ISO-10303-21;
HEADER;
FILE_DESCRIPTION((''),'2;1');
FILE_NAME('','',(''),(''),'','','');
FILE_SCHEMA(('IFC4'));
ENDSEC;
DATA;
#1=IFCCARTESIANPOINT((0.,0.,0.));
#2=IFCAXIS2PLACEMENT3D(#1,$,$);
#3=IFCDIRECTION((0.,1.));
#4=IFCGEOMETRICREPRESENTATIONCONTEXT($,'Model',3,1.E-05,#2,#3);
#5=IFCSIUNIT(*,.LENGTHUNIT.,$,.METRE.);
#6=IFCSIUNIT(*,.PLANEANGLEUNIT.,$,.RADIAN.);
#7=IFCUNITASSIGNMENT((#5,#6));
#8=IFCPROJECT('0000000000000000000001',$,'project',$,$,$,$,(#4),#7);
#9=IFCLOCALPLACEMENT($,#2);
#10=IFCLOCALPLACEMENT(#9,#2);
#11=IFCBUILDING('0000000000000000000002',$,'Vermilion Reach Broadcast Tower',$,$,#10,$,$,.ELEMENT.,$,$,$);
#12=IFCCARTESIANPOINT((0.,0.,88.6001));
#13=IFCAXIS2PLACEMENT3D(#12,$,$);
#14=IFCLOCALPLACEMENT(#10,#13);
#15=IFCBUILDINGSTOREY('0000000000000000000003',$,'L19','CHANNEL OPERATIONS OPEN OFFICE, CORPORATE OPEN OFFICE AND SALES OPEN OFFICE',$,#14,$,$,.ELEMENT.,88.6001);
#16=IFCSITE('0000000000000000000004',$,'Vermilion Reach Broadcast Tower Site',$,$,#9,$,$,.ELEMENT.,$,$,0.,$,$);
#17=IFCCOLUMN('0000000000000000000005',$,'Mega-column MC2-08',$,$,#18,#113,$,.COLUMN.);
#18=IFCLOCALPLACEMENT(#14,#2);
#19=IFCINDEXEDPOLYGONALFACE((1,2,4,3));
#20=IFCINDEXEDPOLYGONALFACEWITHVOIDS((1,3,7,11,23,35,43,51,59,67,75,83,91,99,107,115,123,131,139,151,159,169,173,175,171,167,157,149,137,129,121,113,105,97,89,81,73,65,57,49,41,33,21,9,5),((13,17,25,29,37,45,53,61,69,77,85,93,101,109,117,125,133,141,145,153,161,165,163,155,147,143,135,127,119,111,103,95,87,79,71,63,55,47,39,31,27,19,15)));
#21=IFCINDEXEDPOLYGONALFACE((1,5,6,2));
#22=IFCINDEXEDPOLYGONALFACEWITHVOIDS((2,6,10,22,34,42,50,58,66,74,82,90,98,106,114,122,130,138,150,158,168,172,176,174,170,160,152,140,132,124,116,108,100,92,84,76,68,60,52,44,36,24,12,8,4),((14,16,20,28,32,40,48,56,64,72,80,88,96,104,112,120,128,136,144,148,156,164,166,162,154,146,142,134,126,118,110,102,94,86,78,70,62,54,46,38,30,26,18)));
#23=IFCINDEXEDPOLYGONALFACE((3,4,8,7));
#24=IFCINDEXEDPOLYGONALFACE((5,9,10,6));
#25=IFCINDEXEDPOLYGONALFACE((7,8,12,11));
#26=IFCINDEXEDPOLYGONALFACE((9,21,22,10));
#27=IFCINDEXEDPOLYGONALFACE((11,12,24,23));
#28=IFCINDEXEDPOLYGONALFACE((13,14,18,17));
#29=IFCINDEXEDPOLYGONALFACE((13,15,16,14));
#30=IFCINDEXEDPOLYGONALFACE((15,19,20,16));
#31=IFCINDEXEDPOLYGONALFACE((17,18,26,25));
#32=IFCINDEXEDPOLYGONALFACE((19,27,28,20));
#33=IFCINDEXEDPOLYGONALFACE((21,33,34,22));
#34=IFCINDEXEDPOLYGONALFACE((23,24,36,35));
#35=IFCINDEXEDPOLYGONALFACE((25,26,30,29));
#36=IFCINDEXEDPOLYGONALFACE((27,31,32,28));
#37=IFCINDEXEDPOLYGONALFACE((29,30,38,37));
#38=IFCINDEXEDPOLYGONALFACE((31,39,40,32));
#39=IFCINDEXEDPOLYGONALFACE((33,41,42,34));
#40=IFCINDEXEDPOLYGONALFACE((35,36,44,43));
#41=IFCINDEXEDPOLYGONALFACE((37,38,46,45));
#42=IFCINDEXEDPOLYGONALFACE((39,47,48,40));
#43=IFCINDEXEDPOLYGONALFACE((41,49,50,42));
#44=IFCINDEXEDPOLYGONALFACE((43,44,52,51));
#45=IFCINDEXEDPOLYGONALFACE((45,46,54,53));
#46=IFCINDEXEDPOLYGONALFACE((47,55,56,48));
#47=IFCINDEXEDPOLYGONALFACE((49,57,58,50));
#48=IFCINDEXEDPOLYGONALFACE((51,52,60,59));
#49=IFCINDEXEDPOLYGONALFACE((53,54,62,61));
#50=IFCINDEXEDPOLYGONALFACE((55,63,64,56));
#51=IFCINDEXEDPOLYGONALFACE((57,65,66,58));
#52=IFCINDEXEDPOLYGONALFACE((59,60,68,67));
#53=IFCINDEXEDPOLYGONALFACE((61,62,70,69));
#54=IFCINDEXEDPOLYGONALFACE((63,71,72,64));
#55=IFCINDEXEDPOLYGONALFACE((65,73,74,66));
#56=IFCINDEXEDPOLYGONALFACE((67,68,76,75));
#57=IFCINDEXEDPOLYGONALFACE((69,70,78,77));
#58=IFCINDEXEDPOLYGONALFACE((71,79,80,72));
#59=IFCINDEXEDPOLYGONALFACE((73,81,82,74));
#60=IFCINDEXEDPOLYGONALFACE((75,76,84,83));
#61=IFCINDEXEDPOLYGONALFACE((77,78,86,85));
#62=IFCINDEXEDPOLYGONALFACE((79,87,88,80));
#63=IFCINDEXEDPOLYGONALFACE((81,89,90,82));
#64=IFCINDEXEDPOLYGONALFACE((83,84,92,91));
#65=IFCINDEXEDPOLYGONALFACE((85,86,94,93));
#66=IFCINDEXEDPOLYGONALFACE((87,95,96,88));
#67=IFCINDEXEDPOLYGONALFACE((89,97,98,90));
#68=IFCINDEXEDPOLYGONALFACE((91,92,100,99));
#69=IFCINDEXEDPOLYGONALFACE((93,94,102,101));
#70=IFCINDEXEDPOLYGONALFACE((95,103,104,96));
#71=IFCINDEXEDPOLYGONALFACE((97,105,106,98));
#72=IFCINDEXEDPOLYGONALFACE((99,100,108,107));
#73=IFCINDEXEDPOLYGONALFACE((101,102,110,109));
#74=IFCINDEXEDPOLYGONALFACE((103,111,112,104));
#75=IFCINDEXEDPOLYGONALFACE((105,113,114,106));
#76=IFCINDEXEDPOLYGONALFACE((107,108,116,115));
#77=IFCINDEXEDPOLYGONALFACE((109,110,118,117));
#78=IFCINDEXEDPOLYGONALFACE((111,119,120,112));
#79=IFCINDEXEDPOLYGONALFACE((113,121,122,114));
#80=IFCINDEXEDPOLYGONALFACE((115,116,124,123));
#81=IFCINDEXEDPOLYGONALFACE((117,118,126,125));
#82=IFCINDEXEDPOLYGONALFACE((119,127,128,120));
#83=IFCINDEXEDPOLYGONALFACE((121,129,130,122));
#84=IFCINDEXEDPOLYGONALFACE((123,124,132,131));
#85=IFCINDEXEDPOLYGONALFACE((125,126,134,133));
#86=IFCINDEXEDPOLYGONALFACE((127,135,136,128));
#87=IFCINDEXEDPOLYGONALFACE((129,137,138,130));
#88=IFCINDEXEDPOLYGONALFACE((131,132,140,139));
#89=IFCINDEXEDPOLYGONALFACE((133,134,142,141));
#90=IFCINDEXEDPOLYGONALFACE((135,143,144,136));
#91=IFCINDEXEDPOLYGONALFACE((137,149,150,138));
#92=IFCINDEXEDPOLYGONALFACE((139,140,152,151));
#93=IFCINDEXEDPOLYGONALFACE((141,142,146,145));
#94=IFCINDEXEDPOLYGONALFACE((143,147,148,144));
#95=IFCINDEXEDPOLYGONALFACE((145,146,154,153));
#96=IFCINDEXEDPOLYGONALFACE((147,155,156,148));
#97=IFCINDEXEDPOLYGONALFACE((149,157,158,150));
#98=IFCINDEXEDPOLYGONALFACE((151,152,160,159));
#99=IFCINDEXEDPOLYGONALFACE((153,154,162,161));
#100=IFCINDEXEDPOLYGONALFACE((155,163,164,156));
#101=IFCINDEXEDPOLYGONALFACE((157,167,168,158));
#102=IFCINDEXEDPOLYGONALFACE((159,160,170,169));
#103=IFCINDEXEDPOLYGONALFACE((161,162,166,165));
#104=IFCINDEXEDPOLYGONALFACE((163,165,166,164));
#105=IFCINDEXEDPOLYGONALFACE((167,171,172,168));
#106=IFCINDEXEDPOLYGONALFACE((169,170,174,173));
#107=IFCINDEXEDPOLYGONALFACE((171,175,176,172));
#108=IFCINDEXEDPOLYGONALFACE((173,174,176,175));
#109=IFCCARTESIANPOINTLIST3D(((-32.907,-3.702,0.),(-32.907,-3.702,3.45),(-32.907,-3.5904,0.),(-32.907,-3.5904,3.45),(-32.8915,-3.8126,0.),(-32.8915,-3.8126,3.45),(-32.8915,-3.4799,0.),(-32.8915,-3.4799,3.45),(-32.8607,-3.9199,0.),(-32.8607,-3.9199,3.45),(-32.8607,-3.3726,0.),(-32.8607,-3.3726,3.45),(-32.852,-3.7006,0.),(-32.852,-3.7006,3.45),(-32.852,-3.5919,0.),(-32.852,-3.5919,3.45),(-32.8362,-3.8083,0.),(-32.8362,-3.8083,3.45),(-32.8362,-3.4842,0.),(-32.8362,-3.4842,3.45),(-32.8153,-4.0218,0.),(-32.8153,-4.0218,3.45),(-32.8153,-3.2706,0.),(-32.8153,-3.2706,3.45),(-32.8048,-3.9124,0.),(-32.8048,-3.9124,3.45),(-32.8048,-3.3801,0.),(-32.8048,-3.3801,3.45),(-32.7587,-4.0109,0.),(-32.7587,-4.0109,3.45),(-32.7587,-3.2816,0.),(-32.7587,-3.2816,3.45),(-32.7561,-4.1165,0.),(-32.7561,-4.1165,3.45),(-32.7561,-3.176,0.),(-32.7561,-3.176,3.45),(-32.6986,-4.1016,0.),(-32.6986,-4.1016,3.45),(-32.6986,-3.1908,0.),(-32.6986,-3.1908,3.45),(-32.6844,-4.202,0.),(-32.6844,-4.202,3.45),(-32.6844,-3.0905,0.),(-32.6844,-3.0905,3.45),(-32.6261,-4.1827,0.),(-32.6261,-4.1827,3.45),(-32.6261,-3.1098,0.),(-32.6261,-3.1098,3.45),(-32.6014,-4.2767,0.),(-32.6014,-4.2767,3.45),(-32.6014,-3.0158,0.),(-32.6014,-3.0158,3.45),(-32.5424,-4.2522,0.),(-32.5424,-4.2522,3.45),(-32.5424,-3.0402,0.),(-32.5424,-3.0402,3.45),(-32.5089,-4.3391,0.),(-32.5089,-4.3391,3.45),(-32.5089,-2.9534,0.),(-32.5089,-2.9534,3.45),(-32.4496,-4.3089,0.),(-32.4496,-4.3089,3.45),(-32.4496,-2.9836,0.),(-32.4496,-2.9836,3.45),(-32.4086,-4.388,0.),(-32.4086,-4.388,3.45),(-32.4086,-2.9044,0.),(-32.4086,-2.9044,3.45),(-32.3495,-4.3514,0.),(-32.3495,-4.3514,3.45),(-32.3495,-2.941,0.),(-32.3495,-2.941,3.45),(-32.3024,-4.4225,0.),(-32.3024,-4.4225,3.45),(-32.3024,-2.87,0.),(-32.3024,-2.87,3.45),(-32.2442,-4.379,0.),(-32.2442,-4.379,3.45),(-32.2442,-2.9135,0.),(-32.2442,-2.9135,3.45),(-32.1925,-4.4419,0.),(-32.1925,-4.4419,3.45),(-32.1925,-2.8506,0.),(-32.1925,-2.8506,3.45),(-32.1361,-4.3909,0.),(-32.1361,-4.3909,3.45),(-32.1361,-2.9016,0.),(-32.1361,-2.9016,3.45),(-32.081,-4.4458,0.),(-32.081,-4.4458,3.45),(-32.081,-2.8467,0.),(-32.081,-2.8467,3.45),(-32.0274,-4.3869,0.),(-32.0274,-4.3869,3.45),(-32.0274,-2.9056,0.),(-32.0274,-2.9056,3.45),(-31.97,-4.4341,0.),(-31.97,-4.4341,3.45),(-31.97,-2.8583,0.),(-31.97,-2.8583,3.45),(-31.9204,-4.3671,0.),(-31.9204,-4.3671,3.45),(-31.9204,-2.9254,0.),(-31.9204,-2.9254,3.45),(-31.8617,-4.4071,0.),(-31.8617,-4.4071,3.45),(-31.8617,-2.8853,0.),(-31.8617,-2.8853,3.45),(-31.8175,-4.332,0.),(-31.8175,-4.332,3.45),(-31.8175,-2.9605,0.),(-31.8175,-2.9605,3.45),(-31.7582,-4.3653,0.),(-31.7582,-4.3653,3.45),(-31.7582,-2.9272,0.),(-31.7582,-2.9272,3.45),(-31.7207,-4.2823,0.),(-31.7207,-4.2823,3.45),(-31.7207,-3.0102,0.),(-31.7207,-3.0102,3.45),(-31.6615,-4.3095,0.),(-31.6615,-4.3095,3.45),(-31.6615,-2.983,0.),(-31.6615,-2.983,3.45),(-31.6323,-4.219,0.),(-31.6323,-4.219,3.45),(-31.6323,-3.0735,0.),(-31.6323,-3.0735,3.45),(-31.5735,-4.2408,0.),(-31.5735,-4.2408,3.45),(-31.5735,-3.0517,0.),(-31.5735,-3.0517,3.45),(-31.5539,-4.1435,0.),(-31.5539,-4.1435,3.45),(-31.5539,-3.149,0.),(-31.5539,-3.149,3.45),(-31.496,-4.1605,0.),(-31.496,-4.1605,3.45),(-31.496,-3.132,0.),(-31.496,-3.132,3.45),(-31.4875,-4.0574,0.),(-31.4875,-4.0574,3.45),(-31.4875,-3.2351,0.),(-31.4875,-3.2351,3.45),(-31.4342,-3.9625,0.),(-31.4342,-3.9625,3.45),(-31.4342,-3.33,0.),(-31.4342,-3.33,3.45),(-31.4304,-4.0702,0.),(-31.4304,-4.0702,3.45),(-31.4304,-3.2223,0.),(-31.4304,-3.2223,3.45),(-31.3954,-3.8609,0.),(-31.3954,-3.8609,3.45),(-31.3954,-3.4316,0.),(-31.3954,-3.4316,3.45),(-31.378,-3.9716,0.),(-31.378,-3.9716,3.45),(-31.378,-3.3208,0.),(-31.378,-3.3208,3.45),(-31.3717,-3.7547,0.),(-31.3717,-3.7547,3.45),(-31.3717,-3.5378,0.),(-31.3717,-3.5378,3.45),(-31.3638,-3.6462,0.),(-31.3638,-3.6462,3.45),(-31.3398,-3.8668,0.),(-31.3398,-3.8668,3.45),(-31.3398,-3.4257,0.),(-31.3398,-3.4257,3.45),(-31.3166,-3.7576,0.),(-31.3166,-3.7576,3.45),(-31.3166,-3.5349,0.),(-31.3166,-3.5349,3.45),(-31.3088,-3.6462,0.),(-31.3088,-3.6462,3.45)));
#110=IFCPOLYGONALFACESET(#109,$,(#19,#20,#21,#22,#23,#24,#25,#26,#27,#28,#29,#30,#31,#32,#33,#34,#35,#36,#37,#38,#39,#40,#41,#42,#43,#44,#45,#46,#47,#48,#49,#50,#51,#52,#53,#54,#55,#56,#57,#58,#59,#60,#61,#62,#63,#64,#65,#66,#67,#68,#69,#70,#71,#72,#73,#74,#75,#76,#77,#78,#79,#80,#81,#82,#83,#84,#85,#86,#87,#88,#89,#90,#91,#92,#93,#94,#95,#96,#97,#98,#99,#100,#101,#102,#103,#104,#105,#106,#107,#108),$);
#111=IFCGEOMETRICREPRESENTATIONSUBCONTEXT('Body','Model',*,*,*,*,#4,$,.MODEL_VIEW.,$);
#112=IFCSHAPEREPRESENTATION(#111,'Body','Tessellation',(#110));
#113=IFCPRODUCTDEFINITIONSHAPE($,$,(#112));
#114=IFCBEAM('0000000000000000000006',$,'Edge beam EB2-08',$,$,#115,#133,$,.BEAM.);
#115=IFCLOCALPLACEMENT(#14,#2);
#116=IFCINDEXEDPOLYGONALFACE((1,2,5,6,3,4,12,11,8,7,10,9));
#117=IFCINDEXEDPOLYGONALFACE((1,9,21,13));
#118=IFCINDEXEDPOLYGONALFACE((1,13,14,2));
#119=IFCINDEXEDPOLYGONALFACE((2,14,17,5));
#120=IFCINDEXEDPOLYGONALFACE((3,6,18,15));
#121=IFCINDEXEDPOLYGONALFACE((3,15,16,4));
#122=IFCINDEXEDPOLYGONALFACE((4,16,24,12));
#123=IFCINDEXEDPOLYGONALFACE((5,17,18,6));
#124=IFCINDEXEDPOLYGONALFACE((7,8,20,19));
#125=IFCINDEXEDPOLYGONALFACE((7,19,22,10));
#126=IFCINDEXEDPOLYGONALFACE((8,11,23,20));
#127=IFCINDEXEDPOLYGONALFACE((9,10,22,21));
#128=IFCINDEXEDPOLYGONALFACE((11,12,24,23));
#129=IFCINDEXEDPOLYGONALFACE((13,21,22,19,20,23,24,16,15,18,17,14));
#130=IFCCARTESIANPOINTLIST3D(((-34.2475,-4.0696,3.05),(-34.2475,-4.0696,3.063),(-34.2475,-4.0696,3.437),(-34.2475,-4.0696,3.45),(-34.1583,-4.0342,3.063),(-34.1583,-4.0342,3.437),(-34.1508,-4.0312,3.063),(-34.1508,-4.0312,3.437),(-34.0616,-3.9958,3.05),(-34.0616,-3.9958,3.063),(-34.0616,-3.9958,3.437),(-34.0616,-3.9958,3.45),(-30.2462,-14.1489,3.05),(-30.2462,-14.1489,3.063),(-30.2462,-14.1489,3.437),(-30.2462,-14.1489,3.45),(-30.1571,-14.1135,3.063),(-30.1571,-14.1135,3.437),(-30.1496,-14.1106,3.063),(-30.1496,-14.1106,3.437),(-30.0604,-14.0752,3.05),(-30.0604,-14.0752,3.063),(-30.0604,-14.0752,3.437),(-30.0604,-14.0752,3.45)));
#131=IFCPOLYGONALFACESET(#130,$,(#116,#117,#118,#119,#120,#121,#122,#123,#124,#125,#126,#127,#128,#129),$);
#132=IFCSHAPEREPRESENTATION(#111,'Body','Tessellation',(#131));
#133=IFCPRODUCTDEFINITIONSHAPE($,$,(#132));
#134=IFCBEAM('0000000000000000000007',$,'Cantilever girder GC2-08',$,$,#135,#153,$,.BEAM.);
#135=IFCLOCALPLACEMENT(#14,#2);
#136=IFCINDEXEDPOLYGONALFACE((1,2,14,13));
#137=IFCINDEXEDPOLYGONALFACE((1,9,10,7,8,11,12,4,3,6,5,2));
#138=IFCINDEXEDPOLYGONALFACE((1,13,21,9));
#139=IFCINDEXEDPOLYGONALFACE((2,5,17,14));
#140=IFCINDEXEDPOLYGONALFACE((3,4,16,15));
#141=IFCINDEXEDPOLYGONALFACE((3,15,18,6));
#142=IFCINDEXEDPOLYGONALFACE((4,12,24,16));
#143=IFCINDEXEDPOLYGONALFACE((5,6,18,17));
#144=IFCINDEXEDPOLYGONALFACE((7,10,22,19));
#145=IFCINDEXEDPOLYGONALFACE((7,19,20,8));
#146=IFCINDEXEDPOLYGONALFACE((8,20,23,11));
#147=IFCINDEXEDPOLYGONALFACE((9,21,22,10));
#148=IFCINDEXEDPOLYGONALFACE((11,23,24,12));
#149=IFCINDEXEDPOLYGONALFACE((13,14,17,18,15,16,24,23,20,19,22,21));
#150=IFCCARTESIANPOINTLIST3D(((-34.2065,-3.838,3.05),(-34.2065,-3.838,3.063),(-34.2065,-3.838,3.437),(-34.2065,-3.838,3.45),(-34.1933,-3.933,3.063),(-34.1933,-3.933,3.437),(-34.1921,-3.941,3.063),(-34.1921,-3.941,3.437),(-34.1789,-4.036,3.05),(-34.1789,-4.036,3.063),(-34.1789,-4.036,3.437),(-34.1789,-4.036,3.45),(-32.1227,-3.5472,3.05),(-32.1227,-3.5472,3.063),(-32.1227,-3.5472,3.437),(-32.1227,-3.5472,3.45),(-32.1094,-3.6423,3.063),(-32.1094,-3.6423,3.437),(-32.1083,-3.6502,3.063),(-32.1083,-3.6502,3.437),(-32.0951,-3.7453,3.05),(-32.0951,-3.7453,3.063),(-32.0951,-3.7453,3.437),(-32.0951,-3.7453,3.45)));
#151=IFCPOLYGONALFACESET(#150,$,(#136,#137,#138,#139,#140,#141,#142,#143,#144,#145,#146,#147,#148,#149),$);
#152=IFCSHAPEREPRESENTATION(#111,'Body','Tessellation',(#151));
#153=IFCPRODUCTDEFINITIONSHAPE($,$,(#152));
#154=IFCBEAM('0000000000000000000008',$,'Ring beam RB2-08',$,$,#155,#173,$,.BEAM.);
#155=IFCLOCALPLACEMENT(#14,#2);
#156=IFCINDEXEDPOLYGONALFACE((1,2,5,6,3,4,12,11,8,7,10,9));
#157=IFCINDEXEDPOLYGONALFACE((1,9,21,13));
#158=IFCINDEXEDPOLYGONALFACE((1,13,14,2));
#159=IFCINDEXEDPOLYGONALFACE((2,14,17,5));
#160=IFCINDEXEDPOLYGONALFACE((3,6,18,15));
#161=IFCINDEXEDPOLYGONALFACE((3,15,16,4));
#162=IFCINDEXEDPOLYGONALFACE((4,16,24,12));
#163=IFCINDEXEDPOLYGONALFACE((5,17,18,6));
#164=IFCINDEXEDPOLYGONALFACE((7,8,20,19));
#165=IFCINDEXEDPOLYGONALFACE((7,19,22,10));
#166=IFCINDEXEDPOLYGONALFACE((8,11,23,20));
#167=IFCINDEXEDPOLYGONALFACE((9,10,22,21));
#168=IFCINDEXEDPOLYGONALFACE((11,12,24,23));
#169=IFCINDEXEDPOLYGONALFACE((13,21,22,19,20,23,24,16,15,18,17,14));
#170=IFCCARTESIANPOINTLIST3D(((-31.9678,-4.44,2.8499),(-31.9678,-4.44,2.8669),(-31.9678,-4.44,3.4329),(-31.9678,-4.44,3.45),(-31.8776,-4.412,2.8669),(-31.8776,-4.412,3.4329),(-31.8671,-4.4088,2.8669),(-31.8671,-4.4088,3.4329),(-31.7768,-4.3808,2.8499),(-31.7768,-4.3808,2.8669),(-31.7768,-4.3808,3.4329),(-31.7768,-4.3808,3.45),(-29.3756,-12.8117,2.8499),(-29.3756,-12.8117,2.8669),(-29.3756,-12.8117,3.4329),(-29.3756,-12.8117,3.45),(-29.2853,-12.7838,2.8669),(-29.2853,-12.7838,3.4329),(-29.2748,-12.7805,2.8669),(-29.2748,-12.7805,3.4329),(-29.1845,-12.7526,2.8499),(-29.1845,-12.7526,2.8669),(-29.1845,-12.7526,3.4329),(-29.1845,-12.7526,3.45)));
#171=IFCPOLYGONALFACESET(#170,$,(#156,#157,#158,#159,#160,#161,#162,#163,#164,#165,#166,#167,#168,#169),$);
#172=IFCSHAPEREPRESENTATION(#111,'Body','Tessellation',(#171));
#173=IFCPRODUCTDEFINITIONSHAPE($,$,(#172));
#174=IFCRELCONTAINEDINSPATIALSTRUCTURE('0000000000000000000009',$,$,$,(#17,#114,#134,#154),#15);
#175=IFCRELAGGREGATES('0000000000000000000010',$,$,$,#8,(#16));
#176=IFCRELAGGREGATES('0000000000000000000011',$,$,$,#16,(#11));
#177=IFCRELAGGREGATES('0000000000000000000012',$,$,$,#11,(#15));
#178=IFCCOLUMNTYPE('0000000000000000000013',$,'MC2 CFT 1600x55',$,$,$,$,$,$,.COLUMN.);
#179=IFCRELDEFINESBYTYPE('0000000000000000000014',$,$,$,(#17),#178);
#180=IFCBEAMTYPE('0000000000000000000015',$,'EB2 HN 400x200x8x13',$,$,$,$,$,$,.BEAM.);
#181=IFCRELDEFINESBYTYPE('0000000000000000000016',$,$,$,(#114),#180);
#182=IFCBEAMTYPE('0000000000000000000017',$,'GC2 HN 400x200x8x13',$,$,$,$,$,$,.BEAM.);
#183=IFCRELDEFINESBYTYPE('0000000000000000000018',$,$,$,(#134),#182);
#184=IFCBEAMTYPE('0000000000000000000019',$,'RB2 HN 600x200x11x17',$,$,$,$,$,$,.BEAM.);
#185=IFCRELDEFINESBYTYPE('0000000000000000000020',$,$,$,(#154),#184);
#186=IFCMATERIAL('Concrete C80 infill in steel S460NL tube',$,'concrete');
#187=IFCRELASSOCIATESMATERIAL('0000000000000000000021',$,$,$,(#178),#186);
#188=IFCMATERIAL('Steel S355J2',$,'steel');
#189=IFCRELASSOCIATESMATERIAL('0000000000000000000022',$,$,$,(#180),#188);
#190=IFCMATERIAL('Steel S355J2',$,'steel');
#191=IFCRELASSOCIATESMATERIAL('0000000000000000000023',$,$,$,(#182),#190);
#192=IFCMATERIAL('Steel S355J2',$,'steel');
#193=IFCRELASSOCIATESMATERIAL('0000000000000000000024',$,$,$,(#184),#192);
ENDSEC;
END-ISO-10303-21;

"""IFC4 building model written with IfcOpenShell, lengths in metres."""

from ifc_helpers import new_model, si_unit, direction, frame, origin, origin_2d, place, context, subcontext, project, spatial, hollow_circle, i_section, extrude, material, material_profile, profile_set, type_object, element, save


model = new_model("IFC4")

# Units and contexts
model_context = context("Model", 3, precision=1e-05, world=origin(), true_north=direction((0.0, 1.0)))
body_context = subcontext(model_context, "Body", "Model", "MODEL_VIEW")
ifc_project = project(units=[si_unit("LENGTHUNIT", "METRE"), si_unit("PLANEANGLEUNIT", "RADIAN")], contexts=[model_context])

# Site, building, storey
site_placement = place(None, origin())
site = spatial("IfcSite", under=ifc_project, at=site_placement, Name="Vermilion Reach Broadcast Tower Site", CompositionType="ELEMENT", RefElevation=0.0)
building_placement = place(site_placement, origin())
building = spatial("IfcBuilding", under=site, at=building_placement, Name="Vermilion Reach Broadcast Tower", CompositionType="ELEMENT")
storey_placement = place(building_placement, frame((0.0, 0.0, 88.6001)))
storey = spatial("IfcBuildingStorey", under=building, at=storey_placement, Name="L19", Description="CHANNEL OPERATIONS OPEN OFFICE, CORPORATE OPEN OFFICE AND SALES OPEN OFFICE", CompositionType="ELEMENT", Elevation=88.6001)

# Column
ifc_material_1 = material(Name="Concrete C80 infill in steel S460NL tube", Category="concrete")
ifc_material_profile_1 = material_profile(ifc_material_1, hollow_circle(Radius=0.8, WallThickness=0.0549, at=origin_2d()), Name="Concrete C80 infill in steel S460NL tube CFT 1600x55")
ifc_profile_set_1 = profile_set([ifc_material_profile_1], Name="Concrete C80 infill in steel S460NL tube")
column_type = type_object("IfcColumnType", Name="MC2 CFT 1600x55", PredefinedType="COLUMN", material=ifc_profile_set_1)
column_placement = place(storey_placement, frame((-32.1089, -3.6462, 0.0), z_axis=(0.0, 0.0, 1.0), x_axis=(1.0, 0.0, 0.0)))
element("IfcColumn", 1, at=column_placement, inside=storey, type_object=column_type, Name="Mega-column MC2-08", PredefinedType="COLUMN", context=body_context, shape_type="SweptSolid", body=[
    extrude(hollow_circle(Radius=0.8, WallThickness=0.0549, at=origin_2d()), origin(), (0.0, 0.0, 1.0), 3.45),
])

# Beams
ifc_material_2 = material(Name="Steel S355J2", Category="steel")
ifc_material_profile_2 = material_profile(ifc_material_2, i_section(OverallWidth=0.2, OverallDepth=0.3999, WebThickness=0.0081, FlangeThickness=0.0129, at=origin_2d()), Name="S355J2 HN 400x200x8x13")
ifc_profile_set_2 = profile_set([ifc_material_profile_2], Name="Steel S355J2")
beam_type_1 = type_object("IfcBeamType", Name="EB2 HN 400x200x8x13", PredefinedType="BEAM", material=ifc_profile_set_2)
beam_1_placement = place(storey_placement, frame((-34.1545, -4.0327, 3.25), z_axis=(0.368963, -0.929444, 0.0), x_axis=(0.929444, 0.368963, 0.0)))
element("IfcBeam", 2, at=beam_1_placement, inside=storey, type_object=beam_type_1, Name="Edge beam EB2-08", PredefinedType="BEAM", context=body_context, shape_type="SweptSolid", body=[
    extrude(i_section(OverallWidth=0.2, OverallDepth=0.3999, WebThickness=0.0081, FlangeThickness=0.0129, at=origin_2d()), origin(), (0.0, 0.0, 1.0), 10.8445),
])
ifc_material_3 = material(Name="Steel S355J2", Category="steel")
ifc_material_profile_3 = material_profile(ifc_material_3, i_section(OverallWidth=0.2, OverallDepth=0.3999, WebThickness=0.0081, FlangeThickness=0.0129, at=origin_2d()), Name="S355J2 HN 400x200x8x13")
ifc_profile_set_3 = profile_set([ifc_material_profile_3], Name="Steel S355J2")
beam_type_2 = type_object("IfcBeamType", Name="GC2 HN 400x200x8x13", PredefinedType="BEAM", material=ifc_profile_set_3)
beam_2_placement = place(storey_placement, frame((-32.1089, -3.6462, 3.25), z_axis=(-0.990404, -0.138204, 0.0), x_axis=(0.138204, -0.990404, 0.0)))
element("IfcBeam", 3, at=beam_2_placement, inside=storey, type_object=beam_type_2, Name="Cantilever girder GC2-08", PredefinedType="BEAM", context=body_context, shape_type="SweptSolid", body=[
    extrude(i_section(OverallWidth=0.2, OverallDepth=0.3999, WebThickness=0.0081, FlangeThickness=0.0129, at=origin_2d()), origin(), (0.0, 0.0, 1.0), 2.104),
])
ifc_material_4 = material(Name="Steel S355J2", Category="steel")
ifc_material_profile_4 = material_profile(ifc_material_4, i_section(OverallWidth=0.2, OverallDepth=0.6001, WebThickness=0.011, FlangeThickness=0.0171, at=origin_2d()), Name="S355J2 HN 600x200x11x17")
ifc_profile_set_4 = profile_set([ifc_material_profile_4], Name="Steel S355J2")
beam_type_3 = type_object("IfcBeamType", Name="RB2 HN 600x200x11x17", PredefinedType="BEAM", material=ifc_profile_set_4)
beam_3_placement = place(storey_placement, frame((-31.8723, -4.4104, 3.1499), z_axis=(0.295788, -0.955253, 0.0), x_axis=(0.955253, 0.295788, 0.0)))
element("IfcBeam", 4, at=beam_3_placement, inside=storey, type_object=beam_type_3, Name="Ring beam RB2-08", PredefinedType="BEAM", context=body_context, shape_type="SweptSolid", body=[
    extrude(i_section(OverallWidth=0.2, OverallDepth=0.6001, WebThickness=0.011, FlangeThickness=0.0171, at=origin_2d()), origin(), (0.0, 0.0, 1.0), 8.7639),
])

save(model, "model.ifc")
